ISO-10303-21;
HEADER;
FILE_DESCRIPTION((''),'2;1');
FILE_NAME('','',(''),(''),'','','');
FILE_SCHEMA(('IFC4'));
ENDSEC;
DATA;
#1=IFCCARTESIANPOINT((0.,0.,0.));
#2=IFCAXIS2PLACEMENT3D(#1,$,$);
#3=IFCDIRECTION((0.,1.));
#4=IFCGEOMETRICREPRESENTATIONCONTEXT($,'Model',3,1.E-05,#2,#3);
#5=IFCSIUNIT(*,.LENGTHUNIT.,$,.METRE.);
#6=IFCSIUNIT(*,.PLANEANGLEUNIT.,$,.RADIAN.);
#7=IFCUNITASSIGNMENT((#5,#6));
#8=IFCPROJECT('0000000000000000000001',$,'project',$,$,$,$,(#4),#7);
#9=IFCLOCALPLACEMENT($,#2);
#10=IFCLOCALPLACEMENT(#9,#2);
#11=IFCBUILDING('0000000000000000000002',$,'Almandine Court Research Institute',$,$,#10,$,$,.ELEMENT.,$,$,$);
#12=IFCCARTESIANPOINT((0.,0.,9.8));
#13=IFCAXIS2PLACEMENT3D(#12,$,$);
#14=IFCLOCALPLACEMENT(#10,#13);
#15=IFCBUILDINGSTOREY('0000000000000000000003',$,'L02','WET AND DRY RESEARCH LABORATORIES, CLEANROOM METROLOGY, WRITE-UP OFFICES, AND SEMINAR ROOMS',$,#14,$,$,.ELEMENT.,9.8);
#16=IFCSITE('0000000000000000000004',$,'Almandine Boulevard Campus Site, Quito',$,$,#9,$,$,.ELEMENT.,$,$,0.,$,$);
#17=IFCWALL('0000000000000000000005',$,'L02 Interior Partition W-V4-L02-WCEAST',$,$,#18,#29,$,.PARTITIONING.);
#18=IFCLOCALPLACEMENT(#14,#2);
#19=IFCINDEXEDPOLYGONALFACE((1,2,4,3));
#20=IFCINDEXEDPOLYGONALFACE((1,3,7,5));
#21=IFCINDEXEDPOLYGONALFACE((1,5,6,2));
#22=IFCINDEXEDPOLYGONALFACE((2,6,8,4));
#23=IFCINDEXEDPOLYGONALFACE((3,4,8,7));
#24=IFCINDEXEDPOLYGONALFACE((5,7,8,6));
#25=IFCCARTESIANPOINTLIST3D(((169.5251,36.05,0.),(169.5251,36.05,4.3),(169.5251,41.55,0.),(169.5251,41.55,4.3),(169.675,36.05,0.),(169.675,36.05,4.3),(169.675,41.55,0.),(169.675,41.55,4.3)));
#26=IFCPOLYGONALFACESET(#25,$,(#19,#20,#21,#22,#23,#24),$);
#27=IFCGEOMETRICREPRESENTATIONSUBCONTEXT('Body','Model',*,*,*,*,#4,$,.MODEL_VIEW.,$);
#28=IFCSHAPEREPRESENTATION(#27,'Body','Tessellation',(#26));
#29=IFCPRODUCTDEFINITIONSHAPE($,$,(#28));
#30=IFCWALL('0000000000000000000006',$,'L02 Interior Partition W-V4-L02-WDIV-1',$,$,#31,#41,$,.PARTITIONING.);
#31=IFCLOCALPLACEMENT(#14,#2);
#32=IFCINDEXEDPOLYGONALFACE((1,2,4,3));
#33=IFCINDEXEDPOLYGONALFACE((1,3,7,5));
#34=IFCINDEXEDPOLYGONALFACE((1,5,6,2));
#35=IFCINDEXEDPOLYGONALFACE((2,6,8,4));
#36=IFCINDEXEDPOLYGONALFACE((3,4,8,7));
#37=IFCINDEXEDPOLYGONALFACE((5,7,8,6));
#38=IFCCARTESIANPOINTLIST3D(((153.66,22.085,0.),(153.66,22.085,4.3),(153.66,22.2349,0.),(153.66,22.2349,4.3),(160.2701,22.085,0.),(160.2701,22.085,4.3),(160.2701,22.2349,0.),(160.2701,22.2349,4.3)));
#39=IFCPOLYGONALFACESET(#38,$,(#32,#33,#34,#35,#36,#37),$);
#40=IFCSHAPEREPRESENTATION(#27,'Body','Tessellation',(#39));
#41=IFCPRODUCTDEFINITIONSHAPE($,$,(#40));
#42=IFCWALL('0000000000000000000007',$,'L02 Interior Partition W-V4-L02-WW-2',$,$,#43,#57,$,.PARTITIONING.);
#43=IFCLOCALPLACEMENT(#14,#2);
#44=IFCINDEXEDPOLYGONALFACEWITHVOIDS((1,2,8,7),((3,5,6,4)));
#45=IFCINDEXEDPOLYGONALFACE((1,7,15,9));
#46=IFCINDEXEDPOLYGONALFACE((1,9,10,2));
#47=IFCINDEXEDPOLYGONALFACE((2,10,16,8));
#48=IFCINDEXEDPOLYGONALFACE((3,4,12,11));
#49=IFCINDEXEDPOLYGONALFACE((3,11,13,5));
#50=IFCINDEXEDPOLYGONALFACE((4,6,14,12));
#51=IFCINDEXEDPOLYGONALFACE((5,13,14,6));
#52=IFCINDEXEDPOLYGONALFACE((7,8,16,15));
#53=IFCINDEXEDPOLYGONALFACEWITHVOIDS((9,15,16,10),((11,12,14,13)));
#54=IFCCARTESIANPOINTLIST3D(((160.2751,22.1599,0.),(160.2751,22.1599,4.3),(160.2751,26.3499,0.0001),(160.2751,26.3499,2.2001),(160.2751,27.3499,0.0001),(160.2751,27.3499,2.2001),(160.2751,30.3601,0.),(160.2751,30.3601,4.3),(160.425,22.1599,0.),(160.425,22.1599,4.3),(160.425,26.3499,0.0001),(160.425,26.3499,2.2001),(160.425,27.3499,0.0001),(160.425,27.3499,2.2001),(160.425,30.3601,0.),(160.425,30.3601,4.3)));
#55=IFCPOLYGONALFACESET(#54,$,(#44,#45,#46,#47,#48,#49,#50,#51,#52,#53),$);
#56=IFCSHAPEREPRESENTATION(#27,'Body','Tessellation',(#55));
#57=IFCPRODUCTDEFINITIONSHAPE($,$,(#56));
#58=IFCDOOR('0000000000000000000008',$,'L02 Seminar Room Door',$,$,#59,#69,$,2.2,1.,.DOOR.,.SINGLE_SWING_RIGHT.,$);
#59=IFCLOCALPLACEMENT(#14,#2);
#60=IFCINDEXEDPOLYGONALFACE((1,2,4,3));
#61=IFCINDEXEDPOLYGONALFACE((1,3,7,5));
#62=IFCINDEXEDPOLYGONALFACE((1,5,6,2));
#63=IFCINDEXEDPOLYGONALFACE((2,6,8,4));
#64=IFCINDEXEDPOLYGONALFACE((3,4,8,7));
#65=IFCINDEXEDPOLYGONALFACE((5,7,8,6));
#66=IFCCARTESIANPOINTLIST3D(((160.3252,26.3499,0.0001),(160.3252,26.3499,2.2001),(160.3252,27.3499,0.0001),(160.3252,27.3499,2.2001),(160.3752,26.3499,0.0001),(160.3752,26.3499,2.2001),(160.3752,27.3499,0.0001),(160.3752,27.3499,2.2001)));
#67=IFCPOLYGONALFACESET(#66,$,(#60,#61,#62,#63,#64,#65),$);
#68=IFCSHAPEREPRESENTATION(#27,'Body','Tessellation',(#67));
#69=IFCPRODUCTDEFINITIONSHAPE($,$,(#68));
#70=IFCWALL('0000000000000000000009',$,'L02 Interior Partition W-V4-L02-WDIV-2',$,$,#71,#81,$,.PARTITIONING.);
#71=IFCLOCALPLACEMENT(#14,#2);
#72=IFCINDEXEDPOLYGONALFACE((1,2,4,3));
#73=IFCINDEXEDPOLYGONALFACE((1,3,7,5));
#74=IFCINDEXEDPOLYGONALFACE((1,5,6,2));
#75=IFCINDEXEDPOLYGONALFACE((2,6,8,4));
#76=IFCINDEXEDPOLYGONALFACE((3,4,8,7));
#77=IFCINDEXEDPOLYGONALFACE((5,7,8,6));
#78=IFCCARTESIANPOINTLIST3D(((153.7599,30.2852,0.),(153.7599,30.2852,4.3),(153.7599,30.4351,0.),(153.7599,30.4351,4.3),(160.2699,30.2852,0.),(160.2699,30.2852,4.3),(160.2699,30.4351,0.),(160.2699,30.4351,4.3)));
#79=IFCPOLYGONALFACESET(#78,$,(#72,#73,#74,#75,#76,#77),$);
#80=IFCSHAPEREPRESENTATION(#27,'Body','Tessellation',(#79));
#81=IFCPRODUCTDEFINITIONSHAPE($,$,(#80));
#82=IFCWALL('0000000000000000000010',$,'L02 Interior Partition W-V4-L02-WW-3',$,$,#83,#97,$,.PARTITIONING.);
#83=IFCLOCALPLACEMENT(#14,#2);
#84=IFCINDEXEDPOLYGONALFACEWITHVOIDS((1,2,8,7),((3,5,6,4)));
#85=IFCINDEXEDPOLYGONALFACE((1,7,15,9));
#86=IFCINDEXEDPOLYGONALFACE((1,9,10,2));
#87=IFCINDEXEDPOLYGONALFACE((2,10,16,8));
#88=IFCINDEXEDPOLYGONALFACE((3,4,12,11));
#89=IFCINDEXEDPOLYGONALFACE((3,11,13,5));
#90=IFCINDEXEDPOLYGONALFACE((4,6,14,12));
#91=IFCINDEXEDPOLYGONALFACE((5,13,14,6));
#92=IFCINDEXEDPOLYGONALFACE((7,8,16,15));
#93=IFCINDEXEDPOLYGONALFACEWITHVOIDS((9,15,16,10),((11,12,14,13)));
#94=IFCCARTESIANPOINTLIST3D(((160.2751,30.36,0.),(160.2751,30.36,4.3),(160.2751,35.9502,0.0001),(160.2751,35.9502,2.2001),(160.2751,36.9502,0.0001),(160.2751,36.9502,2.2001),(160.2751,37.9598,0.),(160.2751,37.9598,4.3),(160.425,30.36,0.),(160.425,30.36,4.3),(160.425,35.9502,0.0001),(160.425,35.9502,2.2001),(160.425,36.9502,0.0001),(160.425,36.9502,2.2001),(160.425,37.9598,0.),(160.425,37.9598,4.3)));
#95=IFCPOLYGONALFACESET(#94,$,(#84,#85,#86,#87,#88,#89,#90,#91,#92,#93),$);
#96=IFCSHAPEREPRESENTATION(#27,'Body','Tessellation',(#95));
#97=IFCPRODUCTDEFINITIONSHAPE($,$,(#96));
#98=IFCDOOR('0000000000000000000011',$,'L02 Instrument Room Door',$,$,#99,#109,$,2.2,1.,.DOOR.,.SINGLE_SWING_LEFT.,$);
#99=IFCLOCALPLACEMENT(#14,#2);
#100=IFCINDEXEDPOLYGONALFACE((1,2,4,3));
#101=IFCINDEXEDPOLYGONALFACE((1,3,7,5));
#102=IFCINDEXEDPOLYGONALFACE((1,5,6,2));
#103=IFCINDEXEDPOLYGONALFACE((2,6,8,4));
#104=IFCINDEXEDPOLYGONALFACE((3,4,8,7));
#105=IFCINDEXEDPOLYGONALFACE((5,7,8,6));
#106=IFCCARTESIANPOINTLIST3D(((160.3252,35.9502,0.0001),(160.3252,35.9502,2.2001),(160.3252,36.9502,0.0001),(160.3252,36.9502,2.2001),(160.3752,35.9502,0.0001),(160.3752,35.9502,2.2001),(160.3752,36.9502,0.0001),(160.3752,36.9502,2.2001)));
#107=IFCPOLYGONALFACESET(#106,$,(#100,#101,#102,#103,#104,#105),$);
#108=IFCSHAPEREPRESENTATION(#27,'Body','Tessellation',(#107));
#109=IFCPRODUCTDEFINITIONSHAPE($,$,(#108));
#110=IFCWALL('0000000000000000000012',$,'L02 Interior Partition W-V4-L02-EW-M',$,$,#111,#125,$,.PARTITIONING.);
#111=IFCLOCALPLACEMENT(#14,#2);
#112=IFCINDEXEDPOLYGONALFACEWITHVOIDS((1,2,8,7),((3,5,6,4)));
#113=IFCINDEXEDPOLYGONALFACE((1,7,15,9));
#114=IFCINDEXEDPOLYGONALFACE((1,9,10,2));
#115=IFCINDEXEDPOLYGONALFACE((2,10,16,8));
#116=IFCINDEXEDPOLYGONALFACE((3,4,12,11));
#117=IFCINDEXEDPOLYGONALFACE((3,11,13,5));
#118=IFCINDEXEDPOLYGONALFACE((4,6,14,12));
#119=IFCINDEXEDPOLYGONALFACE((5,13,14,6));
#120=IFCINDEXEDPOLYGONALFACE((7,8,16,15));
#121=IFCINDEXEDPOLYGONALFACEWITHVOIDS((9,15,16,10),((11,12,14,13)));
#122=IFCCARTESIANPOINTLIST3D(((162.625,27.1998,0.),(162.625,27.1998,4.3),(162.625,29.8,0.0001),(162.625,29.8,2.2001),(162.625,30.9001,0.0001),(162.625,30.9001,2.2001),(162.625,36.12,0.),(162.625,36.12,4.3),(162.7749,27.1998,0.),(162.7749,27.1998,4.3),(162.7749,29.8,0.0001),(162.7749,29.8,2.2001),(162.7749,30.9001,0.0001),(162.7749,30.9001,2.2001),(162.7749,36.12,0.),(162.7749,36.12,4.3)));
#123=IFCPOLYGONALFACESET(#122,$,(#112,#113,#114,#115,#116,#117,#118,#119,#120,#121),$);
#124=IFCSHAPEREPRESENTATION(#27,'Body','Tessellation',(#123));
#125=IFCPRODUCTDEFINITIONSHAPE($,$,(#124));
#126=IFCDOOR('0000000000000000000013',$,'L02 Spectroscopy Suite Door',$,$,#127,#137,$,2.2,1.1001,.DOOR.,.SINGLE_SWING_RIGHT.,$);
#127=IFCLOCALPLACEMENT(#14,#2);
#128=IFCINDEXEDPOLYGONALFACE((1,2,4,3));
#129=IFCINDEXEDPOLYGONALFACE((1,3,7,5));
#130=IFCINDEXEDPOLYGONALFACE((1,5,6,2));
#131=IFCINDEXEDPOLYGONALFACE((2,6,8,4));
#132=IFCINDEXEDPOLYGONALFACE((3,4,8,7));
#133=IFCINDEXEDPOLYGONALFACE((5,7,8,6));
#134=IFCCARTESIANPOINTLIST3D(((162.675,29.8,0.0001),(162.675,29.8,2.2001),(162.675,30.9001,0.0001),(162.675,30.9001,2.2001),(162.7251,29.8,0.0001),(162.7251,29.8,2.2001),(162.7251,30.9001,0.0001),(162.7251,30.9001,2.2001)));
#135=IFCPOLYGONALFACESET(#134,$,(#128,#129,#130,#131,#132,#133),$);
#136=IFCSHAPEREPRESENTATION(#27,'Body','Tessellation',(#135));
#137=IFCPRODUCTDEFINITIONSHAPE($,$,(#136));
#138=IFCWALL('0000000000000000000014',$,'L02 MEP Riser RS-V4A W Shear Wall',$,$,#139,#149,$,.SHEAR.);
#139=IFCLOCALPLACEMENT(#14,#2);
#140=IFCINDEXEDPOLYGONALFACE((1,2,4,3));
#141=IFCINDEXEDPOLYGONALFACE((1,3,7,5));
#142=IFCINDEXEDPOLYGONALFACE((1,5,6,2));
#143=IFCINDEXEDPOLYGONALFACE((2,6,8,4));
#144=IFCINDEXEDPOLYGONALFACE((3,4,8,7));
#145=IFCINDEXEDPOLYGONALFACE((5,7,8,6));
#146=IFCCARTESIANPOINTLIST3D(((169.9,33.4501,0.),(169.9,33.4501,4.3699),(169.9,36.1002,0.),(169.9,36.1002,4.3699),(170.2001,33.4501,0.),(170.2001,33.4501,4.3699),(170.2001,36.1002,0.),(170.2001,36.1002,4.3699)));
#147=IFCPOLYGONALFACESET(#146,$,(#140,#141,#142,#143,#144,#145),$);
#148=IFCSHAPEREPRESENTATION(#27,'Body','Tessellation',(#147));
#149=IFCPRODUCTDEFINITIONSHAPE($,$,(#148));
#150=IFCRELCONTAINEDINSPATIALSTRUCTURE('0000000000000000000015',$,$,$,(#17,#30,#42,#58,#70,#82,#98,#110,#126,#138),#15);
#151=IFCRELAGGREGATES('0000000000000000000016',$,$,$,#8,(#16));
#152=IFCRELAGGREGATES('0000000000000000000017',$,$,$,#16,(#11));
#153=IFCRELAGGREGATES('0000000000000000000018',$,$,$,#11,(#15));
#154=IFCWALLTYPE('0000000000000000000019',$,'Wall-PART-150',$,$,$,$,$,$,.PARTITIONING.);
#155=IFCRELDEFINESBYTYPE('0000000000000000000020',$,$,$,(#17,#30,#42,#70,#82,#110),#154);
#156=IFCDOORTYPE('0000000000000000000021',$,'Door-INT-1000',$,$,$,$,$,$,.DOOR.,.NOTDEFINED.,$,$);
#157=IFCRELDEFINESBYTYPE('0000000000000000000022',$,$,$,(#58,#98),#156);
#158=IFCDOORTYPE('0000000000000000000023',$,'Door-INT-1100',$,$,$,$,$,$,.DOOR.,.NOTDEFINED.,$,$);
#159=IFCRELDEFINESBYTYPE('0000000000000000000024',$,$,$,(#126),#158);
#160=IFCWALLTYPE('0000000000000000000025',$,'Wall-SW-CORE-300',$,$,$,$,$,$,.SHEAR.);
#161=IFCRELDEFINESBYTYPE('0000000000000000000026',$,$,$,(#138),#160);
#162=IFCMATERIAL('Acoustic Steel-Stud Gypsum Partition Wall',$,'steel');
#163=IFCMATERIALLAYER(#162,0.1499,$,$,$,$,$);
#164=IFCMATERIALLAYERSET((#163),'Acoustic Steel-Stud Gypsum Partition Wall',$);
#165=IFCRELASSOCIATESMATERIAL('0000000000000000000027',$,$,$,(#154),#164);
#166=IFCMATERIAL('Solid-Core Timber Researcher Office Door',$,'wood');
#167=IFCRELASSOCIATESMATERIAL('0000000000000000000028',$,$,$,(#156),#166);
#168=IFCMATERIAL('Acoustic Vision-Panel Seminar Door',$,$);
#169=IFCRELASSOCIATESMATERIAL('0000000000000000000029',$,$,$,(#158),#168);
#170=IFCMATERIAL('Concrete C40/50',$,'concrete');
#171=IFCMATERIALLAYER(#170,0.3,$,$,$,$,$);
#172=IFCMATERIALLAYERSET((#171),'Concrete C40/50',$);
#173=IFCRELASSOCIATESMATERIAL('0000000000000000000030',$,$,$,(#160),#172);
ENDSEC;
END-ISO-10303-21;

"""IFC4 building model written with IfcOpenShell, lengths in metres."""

from ifc_helpers import new_model, si_unit, direction, frame, frame_2d, origin, place, context, subcontext, project, spatial, rectangle, extrude, material, layer, layer_set, type_object, element, fill, save


model = new_model("IFC4")

# Units and contexts
model_context = context("Model", 3, precision=1e-05, world=origin(), true_north=direction((0.0, 1.0)))
body_context = subcontext(model_context, "Body", "Model", "MODEL_VIEW")
ifc_project = project(units=[si_unit("LENGTHUNIT", "METRE"), si_unit("PLANEANGLEUNIT", "RADIAN")], contexts=[model_context])

# Site, building, storey
site_placement = place(None, origin())
site = spatial("IfcSite", under=ifc_project, at=site_placement, Name="Almandine Boulevard Campus Site, Quito", CompositionType="ELEMENT", RefElevation=0.0)
building_placement = place(site_placement, origin())
building = spatial("IfcBuilding", under=site, at=building_placement, Name="Almandine Court Research Institute", CompositionType="ELEMENT")
storey_placement = place(building_placement, frame((0.0, 0.0, 9.8)))
storey = spatial("IfcBuildingStorey", under=building, at=storey_placement, Name="L02", Description="WET AND DRY RESEARCH LABORATORIES, CLEANROOM METROLOGY, WRITE-UP OFFICES, AND SEMINAR ROOMS", CompositionType="ELEMENT", Elevation=9.8)

# Walls
ifc_material_1 = material(Name="Acoustic Steel-Stud Gypsum Partition Wall", Category="steel")
ifc_layer_1 = layer(ifc_material_1, 0.1499)
ifc_layer_set_1 = layer_set([ifc_layer_1], Name="Acoustic Steel-Stud Gypsum Partition Wall")
wall_type_1 = type_object("IfcWallType", Name="Wall-PART-150", PredefinedType="PARTITIONING", material=ifc_layer_set_1)
wall_1_placement = place(storey_placement, frame((169.6001, 36.05, 0.0), z_axis=(0.0, 0.0, 1.0), x_axis=(0.0, 1.0, 0.0)))
element("IfcWall", 1, at=wall_1_placement, inside=storey, type_object=wall_type_1, Name="L02 Interior Partition W-V4-L02-WCEAST", PredefinedType="PARTITIONING", context=body_context, shape_type="SweptSolid", body=[
    extrude(rectangle(XDim=5.5, YDim=0.1499, at=frame_2d((2.75, 0.0))), origin(), (0.0, 0.0, 1.0), 4.3),
])
wall_2_placement = place(storey_placement, frame((153.6599, 22.1599, 0.0), z_axis=(0.0, 0.0, 1.0), x_axis=(1.0, 0.0, 0.0)))
element("IfcWall", 2, at=wall_2_placement, inside=storey, type_object=wall_type_1, Name="L02 Interior Partition W-V4-L02-WDIV-1", PredefinedType="PARTITIONING", context=body_context, shape_type="SweptSolid", body=[
    extrude(rectangle(XDim=6.6101, YDim=0.1499, at=frame_2d((3.3052, 0.0))), origin(), (0.0, 0.0, 1.0), 4.3),
])

# Wall, opening, door
wall_3_placement = place(storey_placement, frame((160.3501, 22.1599, 0.0), z_axis=(0.0, 0.0, 1.0), x_axis=(0.0, 1.0, 0.0)))
wall_3 = element("IfcWall", 3, at=wall_3_placement, inside=storey, type_object=wall_type_1, Name="L02 Interior Partition W-V4-L02-WW-2", PredefinedType="PARTITIONING", context=body_context, shape_type="SweptSolid", body=[
    extrude(rectangle(XDim=8.2002, YDim=0.1499, at=frame_2d((4.1001, 0.0))), origin(), (0.0, 0.0, 1.0), 4.3),
])
opening_1_placement = place(wall_3_placement, frame((4.1899, 0.0, 0.0)))
opening_1 = element("IfcOpeningElement", 4, at=opening_1_placement, cuts=wall_3, PredefinedType="OPENING", context=body_context, shape_type="SweptSolid", body=[
    extrude(rectangle(XDim=1.0, YDim=2.2, at=frame_2d((0.5, 1.1001))), frame((0.0, 0.085, 0.0), z_axis=(0.0, -1.0, 0.0), x_axis=(1.0, 0.0, 0.0)), (0.0, 0.0, 1.0), 0.1699),
])
ifc_material_2 = material(Name="Solid-Core Timber Researcher Office Door", Category="wood")
door_type_1 = type_object("IfcDoorType", Name="Door-INT-1000", OperationType="NOTDEFINED", PredefinedType="DOOR", material=ifc_material_2)
door_1_placement = place(opening_1_placement, origin())
door_1 = element("IfcDoor", 5, at=door_1_placement, inside=storey, type_object=door_type_1, Name="L02 Seminar Room Door", OperationType="SINGLE_SWING_RIGHT", OverallHeight=2.2, OverallWidth=1.0, PredefinedType="DOOR", context=body_context, shape_type="SweptSolid", body=[
    extrude(rectangle(XDim=1.0, YDim=2.2, at=frame_2d((0.5, 1.1001))), frame((0.0, 0.0249, 0.0), z_axis=(0.0, -1.0, 0.0), x_axis=(1.0, 0.0, 0.0)), (0.0, 0.0, 1.0), 0.05),
])
fill(opening_1, door_1)

# Wall
wall_4_placement = place(storey_placement, frame((153.76, 30.3601, 0.0), z_axis=(0.0, 0.0, 1.0), x_axis=(1.0, 0.0, 0.0)))
element("IfcWall", 6, at=wall_4_placement, inside=storey, type_object=wall_type_1, Name="L02 Interior Partition W-V4-L02-WDIV-2", PredefinedType="PARTITIONING", context=body_context, shape_type="SweptSolid", body=[
    extrude(rectangle(XDim=6.51, YDim=0.1499, at=frame_2d((3.2549, 0.0))), origin(), (0.0, 0.0, 1.0), 4.3),
])

# Wall, opening, door
wall_5_placement = place(storey_placement, frame((160.3501, 30.3601, 0.0), z_axis=(0.0, 0.0, 1.0), x_axis=(0.0, 1.0, 0.0)))
wall_5 = element("IfcWall", 7, at=wall_5_placement, inside=storey, type_object=wall_type_1, Name="L02 Interior Partition W-V4-L02-WW-3", PredefinedType="PARTITIONING", context=body_context, shape_type="SweptSolid", body=[
    extrude(rectangle(XDim=7.5999, YDim=0.1499, at=frame_2d((3.7998, 0.0))), origin(), (0.0, 0.0, 1.0), 4.3),
])
opening_2_placement = place(wall_5_placement, frame((5.5901, 0.0, 0.0)))
opening_2 = element("IfcOpeningElement", 8, at=opening_2_placement, cuts=wall_5, PredefinedType="OPENING", context=body_context, shape_type="SweptSolid", body=[
    extrude(rectangle(XDim=1.0, YDim=2.2, at=frame_2d((0.5, 1.1001))), frame((0.0, 0.085, 0.0), z_axis=(0.0, -1.0, 0.0), x_axis=(1.0, 0.0, 0.0)), (0.0, 0.0, 1.0), 0.1699),
])
door_2_placement = place(opening_2_placement, origin())
door_2 = element("IfcDoor", 9, at=door_2_placement, inside=storey, type_object=door_type_1, Name="L02 Instrument Room Door", OperationType="SINGLE_SWING_LEFT", OverallHeight=2.2, OverallWidth=1.0, PredefinedType="DOOR", context=body_context, shape_type="SweptSolid", body=[
    extrude(rectangle(XDim=1.0, YDim=2.2, at=frame_2d((0.5, 1.1001))), frame((0.0, 0.0249, 0.0), z_axis=(0.0, -1.0, 0.0), x_axis=(1.0, 0.0, 0.0)), (0.0, 0.0, 1.0), 0.05),
])
fill(opening_2, door_2)

# Wall, opening, door
wall_6_placement = place(storey_placement, frame((162.7, 27.2, 0.0), z_axis=(0.0, 0.0, 1.0), x_axis=(0.0, 1.0, 0.0)))
wall_6 = element("IfcWall", 10, at=wall_6_placement, inside=storey, type_object=wall_type_1, Name="L02 Interior Partition W-V4-L02-EW-M", PredefinedType="PARTITIONING", context=body_context, shape_type="SweptSolid", body=[
    extrude(rectangle(XDim=8.9202, YDim=0.1499, at=frame_2d((4.46, 0.0))), origin(), (0.0, 0.0, 1.0), 4.3),
])
opening_3_placement = place(wall_6_placement, frame((2.6001, 0.0, 0.0)))
opening_3 = element("IfcOpeningElement", 11, at=opening_3_placement, cuts=wall_6, PredefinedType="OPENING", context=body_context, shape_type="SweptSolid", body=[
    extrude(rectangle(XDim=1.1001, YDim=2.2, at=frame_2d((0.55, 1.1001))), frame((0.0, 0.085, 0.0), z_axis=(0.0, -1.0, 0.0), x_axis=(1.0, 0.0, 0.0)), (0.0, 0.0, 1.0), 0.1699),
])
ifc_material_3 = material(Name="Acoustic Vision-Panel Seminar Door")
door_type_2 = type_object("IfcDoorType", Name="Door-INT-1100", OperationType="NOTDEFINED", PredefinedType="DOOR", material=ifc_material_3)
door_3_placement = place(opening_3_placement, origin())
door_3 = element("IfcDoor", 12, at=door_3_placement, inside=storey, type_object=door_type_2, Name="L02 Spectroscopy Suite Door", OperationType="SINGLE_SWING_RIGHT", OverallHeight=2.2, OverallWidth=1.1001, PredefinedType="DOOR", context=body_context, shape_type="SweptSolid", body=[
    extrude(rectangle(XDim=1.1001, YDim=2.2, at=frame_2d((0.55, 1.1001))), frame((0.0, 0.0249, 0.0), z_axis=(0.0, -1.0, 0.0), x_axis=(1.0, 0.0, 0.0)), (0.0, 0.0, 1.0), 0.05),
])
fill(opening_3, door_3)

# Wall
ifc_material_4 = material(Name="Concrete C40/50", Category="concrete")
ifc_layer_2 = layer(ifc_material_4, 0.3)
ifc_layer_set_2 = layer_set([ifc_layer_2], Name="Concrete C40/50")
wall_type_2 = type_object("IfcWallType", Name="Wall-SW-CORE-300", PredefinedType="SHEAR", material=ifc_layer_set_2)
wall_7_placement = place(storey_placement, frame((170.05, 33.45, 0.0), z_axis=(0.0, 0.0, 1.0), x_axis=(0.0, 1.0, 0.0)))
element("IfcWall", 13, at=wall_7_placement, inside=storey, type_object=wall_type_2, Name="L02 MEP Riser RS-V4A W Shear Wall", PredefinedType="SHEAR", context=body_context, shape_type="SweptSolid", body=[
    extrude(rectangle(XDim=2.6501, YDim=0.3, at=frame_2d((1.3252, 0.0))), origin(), (0.0, 0.0, 1.0), 4.3699),
])

save(model, "model.ifc")
